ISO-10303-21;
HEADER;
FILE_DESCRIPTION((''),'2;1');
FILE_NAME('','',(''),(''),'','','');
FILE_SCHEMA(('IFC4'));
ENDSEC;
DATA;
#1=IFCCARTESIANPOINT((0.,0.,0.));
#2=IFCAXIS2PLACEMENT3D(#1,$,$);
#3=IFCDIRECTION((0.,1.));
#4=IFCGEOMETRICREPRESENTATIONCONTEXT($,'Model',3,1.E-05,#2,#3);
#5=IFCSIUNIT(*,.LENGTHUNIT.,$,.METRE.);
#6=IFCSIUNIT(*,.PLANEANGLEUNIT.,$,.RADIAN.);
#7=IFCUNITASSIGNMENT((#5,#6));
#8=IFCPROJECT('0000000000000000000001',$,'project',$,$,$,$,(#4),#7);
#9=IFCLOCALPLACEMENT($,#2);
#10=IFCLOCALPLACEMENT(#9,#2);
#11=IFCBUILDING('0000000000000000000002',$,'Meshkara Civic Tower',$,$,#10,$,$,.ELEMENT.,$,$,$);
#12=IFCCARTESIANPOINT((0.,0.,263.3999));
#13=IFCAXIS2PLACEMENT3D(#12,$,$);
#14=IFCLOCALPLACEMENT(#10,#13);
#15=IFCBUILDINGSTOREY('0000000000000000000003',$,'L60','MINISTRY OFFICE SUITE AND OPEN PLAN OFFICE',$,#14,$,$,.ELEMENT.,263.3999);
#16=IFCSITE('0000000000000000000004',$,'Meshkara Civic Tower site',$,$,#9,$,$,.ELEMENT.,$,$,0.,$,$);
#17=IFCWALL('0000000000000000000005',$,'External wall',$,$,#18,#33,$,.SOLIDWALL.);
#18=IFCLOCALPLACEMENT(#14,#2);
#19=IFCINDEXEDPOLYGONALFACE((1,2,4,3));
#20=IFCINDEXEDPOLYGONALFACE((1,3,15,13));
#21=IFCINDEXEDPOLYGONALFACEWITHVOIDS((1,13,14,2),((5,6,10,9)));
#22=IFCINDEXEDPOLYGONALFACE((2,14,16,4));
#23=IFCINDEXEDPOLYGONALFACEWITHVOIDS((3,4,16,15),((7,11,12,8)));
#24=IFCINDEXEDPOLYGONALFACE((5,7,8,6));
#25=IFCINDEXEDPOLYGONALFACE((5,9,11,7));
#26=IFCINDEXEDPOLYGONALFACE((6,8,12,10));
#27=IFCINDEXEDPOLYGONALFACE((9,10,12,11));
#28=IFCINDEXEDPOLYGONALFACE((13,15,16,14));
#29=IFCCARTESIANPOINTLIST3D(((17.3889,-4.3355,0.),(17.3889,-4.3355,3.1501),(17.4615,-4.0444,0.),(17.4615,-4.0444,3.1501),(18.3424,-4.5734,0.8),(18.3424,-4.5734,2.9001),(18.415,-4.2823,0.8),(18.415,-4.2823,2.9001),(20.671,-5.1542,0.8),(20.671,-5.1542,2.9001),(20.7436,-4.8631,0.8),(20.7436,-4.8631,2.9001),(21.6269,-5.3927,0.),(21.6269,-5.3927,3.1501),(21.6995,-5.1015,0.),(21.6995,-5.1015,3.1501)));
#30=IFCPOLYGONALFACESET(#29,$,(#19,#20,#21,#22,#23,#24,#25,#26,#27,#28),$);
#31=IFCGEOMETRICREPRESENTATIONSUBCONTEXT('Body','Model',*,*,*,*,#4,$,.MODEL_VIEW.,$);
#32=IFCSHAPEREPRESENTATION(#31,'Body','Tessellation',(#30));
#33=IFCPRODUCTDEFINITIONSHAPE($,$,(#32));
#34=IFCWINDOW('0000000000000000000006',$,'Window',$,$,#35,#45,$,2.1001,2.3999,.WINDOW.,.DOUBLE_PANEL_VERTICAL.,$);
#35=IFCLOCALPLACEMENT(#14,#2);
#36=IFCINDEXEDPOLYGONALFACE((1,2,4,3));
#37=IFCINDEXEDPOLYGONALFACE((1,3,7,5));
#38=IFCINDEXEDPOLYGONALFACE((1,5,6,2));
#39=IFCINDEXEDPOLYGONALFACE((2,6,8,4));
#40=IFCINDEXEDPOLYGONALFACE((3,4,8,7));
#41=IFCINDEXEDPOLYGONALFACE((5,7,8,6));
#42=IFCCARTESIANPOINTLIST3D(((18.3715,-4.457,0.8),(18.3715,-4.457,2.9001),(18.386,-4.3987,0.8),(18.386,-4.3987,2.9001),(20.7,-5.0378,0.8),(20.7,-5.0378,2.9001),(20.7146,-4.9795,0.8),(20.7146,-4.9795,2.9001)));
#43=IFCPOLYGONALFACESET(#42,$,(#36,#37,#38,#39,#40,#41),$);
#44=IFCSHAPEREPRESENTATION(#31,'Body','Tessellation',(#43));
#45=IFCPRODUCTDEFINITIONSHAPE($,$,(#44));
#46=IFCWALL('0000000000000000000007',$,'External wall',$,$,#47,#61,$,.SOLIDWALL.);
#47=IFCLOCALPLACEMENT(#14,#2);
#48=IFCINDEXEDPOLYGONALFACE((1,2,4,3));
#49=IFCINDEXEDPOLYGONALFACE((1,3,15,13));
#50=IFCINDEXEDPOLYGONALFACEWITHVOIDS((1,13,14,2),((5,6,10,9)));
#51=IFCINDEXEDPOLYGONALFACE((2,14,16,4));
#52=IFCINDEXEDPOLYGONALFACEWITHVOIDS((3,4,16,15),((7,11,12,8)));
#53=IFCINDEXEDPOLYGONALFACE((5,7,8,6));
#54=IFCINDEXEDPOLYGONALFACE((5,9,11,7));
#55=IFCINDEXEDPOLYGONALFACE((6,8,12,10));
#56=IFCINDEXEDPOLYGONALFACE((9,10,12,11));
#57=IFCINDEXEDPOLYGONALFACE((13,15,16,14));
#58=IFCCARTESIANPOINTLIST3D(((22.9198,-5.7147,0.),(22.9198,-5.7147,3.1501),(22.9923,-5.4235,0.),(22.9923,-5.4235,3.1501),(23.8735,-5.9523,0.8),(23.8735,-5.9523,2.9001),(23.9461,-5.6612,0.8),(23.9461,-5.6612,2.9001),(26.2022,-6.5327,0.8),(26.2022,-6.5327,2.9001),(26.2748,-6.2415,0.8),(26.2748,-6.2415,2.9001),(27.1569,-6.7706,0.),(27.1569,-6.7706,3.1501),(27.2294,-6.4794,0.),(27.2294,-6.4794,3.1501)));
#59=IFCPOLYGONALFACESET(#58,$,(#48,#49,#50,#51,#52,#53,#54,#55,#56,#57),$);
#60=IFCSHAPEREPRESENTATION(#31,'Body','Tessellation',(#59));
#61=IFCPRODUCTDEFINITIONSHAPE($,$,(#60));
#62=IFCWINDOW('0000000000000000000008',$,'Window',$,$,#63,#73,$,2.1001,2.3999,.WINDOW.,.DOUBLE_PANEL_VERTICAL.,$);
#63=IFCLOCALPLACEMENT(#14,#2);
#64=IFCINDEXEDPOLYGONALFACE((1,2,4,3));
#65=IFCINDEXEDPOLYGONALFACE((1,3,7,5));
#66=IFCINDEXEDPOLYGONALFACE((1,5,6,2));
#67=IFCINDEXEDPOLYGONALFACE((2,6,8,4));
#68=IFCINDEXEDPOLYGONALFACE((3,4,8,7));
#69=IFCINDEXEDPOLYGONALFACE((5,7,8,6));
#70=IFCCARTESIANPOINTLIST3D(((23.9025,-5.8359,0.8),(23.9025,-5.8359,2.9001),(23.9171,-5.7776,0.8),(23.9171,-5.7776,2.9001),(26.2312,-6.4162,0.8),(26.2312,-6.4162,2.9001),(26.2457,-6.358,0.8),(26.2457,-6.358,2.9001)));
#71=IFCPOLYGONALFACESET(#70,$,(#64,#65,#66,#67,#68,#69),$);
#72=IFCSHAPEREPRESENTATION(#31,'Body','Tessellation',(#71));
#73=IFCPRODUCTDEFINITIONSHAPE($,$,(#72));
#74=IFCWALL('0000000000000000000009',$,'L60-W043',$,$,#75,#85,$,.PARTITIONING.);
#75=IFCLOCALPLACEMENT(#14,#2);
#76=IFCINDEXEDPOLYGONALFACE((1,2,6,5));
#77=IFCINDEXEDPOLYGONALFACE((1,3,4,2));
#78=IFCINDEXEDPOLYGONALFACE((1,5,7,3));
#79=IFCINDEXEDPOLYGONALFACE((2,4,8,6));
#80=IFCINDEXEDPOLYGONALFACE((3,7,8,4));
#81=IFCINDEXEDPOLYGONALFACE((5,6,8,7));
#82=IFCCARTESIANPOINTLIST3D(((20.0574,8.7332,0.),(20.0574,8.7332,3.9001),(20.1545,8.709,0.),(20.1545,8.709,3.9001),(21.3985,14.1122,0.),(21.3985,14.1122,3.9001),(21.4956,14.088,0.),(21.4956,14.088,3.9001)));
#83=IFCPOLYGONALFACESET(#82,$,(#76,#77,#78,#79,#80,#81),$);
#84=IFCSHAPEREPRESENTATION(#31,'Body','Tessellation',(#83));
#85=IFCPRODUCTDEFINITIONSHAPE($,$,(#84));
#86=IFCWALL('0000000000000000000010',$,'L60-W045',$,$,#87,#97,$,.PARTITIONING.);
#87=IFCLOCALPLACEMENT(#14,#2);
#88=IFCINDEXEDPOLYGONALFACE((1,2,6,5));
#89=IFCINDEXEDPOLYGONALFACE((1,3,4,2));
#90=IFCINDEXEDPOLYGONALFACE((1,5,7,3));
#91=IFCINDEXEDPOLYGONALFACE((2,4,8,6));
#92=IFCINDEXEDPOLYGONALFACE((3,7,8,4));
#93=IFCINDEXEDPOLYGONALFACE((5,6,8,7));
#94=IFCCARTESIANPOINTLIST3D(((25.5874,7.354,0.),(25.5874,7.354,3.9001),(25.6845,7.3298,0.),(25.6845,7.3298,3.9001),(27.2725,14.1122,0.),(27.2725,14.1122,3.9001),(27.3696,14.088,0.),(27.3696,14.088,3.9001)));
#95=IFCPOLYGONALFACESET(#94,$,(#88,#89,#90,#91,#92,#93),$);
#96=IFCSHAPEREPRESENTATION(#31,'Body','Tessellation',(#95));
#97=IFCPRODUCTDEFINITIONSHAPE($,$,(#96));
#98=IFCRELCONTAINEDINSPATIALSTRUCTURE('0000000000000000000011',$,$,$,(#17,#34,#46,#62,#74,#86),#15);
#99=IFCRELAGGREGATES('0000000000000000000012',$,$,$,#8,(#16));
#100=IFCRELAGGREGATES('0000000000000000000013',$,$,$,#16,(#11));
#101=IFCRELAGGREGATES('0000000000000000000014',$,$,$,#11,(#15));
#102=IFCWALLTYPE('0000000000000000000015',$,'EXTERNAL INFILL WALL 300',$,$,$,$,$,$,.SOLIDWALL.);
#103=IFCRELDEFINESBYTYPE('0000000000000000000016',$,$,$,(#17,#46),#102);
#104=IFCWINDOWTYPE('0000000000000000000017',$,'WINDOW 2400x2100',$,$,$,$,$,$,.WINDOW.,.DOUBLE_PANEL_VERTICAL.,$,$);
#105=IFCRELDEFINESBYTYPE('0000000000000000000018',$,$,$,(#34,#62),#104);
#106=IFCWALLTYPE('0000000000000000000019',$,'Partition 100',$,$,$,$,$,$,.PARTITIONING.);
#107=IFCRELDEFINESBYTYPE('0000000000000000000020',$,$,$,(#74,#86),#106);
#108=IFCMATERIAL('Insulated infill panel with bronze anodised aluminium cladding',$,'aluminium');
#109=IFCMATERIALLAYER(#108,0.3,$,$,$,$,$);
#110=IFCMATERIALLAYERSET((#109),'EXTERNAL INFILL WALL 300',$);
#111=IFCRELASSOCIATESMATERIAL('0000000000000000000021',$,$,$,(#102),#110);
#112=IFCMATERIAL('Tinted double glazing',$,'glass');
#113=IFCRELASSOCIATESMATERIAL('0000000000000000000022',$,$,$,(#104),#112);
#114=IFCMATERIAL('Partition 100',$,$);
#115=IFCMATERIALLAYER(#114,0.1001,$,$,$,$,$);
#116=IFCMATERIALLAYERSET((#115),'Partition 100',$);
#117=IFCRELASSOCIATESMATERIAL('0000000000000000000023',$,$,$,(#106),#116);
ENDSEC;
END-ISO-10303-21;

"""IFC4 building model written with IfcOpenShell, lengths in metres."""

from ifc_helpers import new_model, si_unit, direction, frame, frame_2d, origin, place, context, subcontext, project, spatial, rectangle, extrude, material, layer, layer_set, type_object, element, fill, save


model = new_model("IFC4")

# Units and contexts
model_context = context("Model", 3, precision=1e-05, world=origin(), true_north=direction((0.0, 1.0)))
body_context = subcontext(model_context, "Body", "Model", "MODEL_VIEW")
ifc_project = project(units=[si_unit("LENGTHUNIT", "METRE"), si_unit("PLANEANGLEUNIT", "RADIAN")], contexts=[model_context])

# Site, building, storey
site_placement = place(None, origin())
site = spatial("IfcSite", under=ifc_project, at=site_placement, Name="Meshkara Civic Tower site", CompositionType="ELEMENT", RefElevation=0.0)
building_placement = place(site_placement, origin())
building = spatial("IfcBuilding", under=site, at=building_placement, Name="Meshkara Civic Tower", CompositionType="ELEMENT")
storey_placement = place(building_placement, frame((0.0, 0.0, 263.3999)))
storey = spatial("IfcBuildingStorey", under=building, at=storey_placement, Name="L60", Description="MINISTRY OFFICE SUITE AND OPEN PLAN OFFICE", CompositionType="ELEMENT", Elevation=263.3999)

# Walls, openings, windows
ifc_material_1 = material(Name="Insulated infill panel with bronze anodised aluminium cladding", Category="aluminium")
ifc_layer_1 = layer(ifc_material_1, 0.3)
ifc_layer_set_1 = layer_set([ifc_layer_1], Name="EXTERNAL INFILL WALL 300")
wall_type_1 = type_object("IfcWallType", Name="EXTERNAL INFILL WALL 300", PredefinedType="SOLIDWALL", material=ifc_layer_set_1)
wall_1_placement = place(storey_placement, frame((17.425, -4.1899, 0.0), z_axis=(0.0, 0.0, 1.0), x_axis=(0.970271, -0.242023, 0.0)))
wall_1 = element("IfcWall", 1, at=wall_1_placement, inside=storey, type_object=wall_type_1, Name="External wall", PredefinedType="SOLIDWALL", context=body_context, shape_type="SweptSolid", body=[
    extrude(rectangle(XDim=4.3679, YDim=0.3, at=frame_2d((2.1841, 0.0))), origin(), (0.0, 0.0, 1.0), 3.1501),
])
opening_1_placement = place(wall_1_placement, frame((0.9829, 0.0, 0.8)))
opening_1 = element("IfcOpeningElement", 2, at=opening_1_placement, cuts=wall_1, PredefinedType="OPENING", context=body_context, shape_type="SweptSolid", body=[
    extrude(rectangle(XDim=2.3999, YDim=2.1001, at=frame_2d((1.2, 1.05))), frame((0.0, 0.1599, 0.0), z_axis=(0.0, -1.0, 0.0), x_axis=(1.0, 0.0, 0.0)), (0.0, 0.0, 1.0), 0.3201),
])
ifc_material_2 = material(Name="Tinted double glazing", Category="glass")
window_type = type_object("IfcWindowType", Name="WINDOW 2400x2100", PartitioningType="DOUBLE_PANEL_VERTICAL", PredefinedType="WINDOW", material=ifc_material_2)
window_1_placement = place(opening_1_placement, origin())
window_1 = element("IfcWindow", 3, at=window_1_placement, inside=storey, type_object=window_type, Name="Window", OverallHeight=2.1001, OverallWidth=2.3999, PartitioningType="DOUBLE_PANEL_VERTICAL", PredefinedType="WINDOW", context=body_context, shape_type="SweptSolid", body=[
    extrude(rectangle(XDim=2.3999, YDim=2.1001, at=frame_2d((1.2, 1.05))), frame((0.0, 0.03, 0.0), z_axis=(0.0, -1.0, 0.0), x_axis=(1.0, 0.0, 0.0)), (0.0, 0.0, 1.0), 0.0601),
])
fill(opening_1, window_1)
wall_2_placement = place(storey_placement, frame((22.9561, -5.5691, 0.0), z_axis=(0.0, 0.0, 1.0), x_axis=(0.970323, -0.241812, 0.0)))
wall_2 = element("IfcWall", 4, at=wall_2_placement, inside=storey, type_object=wall_type_1, Name="External wall", PredefinedType="SOLIDWALL", context=body_context, shape_type="SweptSolid", body=[
    extrude(rectangle(XDim=4.3667, YDim=0.3, at=frame_2d((2.1833, 0.0))), origin(), (0.0, 0.0, 1.0), 3.1501),
])
opening_2_placement = place(wall_2_placement, frame((0.9829, 0.0, 0.8)))
opening_2 = element("IfcOpeningElement", 5, at=opening_2_placement, cuts=wall_2, PredefinedType="OPENING", context=body_context, shape_type="SweptSolid", body=[
    extrude(rectangle(XDim=2.3999, YDim=2.1001, at=frame_2d((1.2, 1.05))), frame((0.0, 0.1599, 0.0), z_axis=(0.0, -1.0, 0.0), x_axis=(1.0, 0.0, 0.0)), (0.0, 0.0, 1.0), 0.3201),
])
window_2_placement = place(opening_2_placement, origin())
window_2 = element("IfcWindow", 6, at=window_2_placement, inside=storey, type_object=window_type, Name="Window", OverallHeight=2.1001, OverallWidth=2.3999, PartitioningType="DOUBLE_PANEL_VERTICAL", PredefinedType="WINDOW", context=body_context, shape_type="SweptSolid", body=[
    extrude(rectangle(XDim=2.3999, YDim=2.1001, at=frame_2d((1.2, 1.05))), frame((0.0, 0.03, 0.0), z_axis=(0.0, -1.0, 0.0), x_axis=(1.0, 0.0, 0.0)), (0.0, 0.0, 1.0), 0.0601),
])
fill(opening_2, window_2)

# Walls
ifc_material_3 = material(Name="Partition 100")
ifc_layer_2 = layer(ifc_material_3, 0.1001)
ifc_layer_set_2 = layer_set([ifc_layer_2], Name="Partition 100")
wall_type_2 = type_object("IfcWallType", Name="Partition 100", PredefinedType="PARTITIONING", material=ifc_layer_set_2)
wall_3_placement = place(storey_placement, frame((20.106, 8.7209, 0.0), z_axis=(0.0, 0.0, 1.0), x_axis=(0.241903, 0.9703, 0.0)))
element("IfcWall", 7, at=wall_3_placement, inside=storey, type_object=wall_type_2, Name="L60-W043", PredefinedType="PARTITIONING", context=body_context, shape_type="SweptSolid", body=[
    extrude(rectangle(XDim=5.5437, YDim=0.1001, at=frame_2d((2.772, 0.0))), origin(), (0.0, 0.0, 1.0), 3.9001),
])
wall_4_placement = place(storey_placement, frame((25.636, 7.342, 0.0), z_axis=(0.0, 0.0, 1.0), x_axis=(0.241933, 0.970293, 0.0)))
element("IfcWall", 8, at=wall_4_placement, inside=storey, type_object=wall_type_2, Name="L60-W045", PredefinedType="PARTITIONING", context=body_context, shape_type="SweptSolid", body=[
    extrude(rectangle(XDim=6.9651, YDim=0.1001, at=frame_2d((3.4824, 0.0))), origin(), (0.0, 0.0, 1.0), 3.9001),
])

save(model, "model.ifc")
